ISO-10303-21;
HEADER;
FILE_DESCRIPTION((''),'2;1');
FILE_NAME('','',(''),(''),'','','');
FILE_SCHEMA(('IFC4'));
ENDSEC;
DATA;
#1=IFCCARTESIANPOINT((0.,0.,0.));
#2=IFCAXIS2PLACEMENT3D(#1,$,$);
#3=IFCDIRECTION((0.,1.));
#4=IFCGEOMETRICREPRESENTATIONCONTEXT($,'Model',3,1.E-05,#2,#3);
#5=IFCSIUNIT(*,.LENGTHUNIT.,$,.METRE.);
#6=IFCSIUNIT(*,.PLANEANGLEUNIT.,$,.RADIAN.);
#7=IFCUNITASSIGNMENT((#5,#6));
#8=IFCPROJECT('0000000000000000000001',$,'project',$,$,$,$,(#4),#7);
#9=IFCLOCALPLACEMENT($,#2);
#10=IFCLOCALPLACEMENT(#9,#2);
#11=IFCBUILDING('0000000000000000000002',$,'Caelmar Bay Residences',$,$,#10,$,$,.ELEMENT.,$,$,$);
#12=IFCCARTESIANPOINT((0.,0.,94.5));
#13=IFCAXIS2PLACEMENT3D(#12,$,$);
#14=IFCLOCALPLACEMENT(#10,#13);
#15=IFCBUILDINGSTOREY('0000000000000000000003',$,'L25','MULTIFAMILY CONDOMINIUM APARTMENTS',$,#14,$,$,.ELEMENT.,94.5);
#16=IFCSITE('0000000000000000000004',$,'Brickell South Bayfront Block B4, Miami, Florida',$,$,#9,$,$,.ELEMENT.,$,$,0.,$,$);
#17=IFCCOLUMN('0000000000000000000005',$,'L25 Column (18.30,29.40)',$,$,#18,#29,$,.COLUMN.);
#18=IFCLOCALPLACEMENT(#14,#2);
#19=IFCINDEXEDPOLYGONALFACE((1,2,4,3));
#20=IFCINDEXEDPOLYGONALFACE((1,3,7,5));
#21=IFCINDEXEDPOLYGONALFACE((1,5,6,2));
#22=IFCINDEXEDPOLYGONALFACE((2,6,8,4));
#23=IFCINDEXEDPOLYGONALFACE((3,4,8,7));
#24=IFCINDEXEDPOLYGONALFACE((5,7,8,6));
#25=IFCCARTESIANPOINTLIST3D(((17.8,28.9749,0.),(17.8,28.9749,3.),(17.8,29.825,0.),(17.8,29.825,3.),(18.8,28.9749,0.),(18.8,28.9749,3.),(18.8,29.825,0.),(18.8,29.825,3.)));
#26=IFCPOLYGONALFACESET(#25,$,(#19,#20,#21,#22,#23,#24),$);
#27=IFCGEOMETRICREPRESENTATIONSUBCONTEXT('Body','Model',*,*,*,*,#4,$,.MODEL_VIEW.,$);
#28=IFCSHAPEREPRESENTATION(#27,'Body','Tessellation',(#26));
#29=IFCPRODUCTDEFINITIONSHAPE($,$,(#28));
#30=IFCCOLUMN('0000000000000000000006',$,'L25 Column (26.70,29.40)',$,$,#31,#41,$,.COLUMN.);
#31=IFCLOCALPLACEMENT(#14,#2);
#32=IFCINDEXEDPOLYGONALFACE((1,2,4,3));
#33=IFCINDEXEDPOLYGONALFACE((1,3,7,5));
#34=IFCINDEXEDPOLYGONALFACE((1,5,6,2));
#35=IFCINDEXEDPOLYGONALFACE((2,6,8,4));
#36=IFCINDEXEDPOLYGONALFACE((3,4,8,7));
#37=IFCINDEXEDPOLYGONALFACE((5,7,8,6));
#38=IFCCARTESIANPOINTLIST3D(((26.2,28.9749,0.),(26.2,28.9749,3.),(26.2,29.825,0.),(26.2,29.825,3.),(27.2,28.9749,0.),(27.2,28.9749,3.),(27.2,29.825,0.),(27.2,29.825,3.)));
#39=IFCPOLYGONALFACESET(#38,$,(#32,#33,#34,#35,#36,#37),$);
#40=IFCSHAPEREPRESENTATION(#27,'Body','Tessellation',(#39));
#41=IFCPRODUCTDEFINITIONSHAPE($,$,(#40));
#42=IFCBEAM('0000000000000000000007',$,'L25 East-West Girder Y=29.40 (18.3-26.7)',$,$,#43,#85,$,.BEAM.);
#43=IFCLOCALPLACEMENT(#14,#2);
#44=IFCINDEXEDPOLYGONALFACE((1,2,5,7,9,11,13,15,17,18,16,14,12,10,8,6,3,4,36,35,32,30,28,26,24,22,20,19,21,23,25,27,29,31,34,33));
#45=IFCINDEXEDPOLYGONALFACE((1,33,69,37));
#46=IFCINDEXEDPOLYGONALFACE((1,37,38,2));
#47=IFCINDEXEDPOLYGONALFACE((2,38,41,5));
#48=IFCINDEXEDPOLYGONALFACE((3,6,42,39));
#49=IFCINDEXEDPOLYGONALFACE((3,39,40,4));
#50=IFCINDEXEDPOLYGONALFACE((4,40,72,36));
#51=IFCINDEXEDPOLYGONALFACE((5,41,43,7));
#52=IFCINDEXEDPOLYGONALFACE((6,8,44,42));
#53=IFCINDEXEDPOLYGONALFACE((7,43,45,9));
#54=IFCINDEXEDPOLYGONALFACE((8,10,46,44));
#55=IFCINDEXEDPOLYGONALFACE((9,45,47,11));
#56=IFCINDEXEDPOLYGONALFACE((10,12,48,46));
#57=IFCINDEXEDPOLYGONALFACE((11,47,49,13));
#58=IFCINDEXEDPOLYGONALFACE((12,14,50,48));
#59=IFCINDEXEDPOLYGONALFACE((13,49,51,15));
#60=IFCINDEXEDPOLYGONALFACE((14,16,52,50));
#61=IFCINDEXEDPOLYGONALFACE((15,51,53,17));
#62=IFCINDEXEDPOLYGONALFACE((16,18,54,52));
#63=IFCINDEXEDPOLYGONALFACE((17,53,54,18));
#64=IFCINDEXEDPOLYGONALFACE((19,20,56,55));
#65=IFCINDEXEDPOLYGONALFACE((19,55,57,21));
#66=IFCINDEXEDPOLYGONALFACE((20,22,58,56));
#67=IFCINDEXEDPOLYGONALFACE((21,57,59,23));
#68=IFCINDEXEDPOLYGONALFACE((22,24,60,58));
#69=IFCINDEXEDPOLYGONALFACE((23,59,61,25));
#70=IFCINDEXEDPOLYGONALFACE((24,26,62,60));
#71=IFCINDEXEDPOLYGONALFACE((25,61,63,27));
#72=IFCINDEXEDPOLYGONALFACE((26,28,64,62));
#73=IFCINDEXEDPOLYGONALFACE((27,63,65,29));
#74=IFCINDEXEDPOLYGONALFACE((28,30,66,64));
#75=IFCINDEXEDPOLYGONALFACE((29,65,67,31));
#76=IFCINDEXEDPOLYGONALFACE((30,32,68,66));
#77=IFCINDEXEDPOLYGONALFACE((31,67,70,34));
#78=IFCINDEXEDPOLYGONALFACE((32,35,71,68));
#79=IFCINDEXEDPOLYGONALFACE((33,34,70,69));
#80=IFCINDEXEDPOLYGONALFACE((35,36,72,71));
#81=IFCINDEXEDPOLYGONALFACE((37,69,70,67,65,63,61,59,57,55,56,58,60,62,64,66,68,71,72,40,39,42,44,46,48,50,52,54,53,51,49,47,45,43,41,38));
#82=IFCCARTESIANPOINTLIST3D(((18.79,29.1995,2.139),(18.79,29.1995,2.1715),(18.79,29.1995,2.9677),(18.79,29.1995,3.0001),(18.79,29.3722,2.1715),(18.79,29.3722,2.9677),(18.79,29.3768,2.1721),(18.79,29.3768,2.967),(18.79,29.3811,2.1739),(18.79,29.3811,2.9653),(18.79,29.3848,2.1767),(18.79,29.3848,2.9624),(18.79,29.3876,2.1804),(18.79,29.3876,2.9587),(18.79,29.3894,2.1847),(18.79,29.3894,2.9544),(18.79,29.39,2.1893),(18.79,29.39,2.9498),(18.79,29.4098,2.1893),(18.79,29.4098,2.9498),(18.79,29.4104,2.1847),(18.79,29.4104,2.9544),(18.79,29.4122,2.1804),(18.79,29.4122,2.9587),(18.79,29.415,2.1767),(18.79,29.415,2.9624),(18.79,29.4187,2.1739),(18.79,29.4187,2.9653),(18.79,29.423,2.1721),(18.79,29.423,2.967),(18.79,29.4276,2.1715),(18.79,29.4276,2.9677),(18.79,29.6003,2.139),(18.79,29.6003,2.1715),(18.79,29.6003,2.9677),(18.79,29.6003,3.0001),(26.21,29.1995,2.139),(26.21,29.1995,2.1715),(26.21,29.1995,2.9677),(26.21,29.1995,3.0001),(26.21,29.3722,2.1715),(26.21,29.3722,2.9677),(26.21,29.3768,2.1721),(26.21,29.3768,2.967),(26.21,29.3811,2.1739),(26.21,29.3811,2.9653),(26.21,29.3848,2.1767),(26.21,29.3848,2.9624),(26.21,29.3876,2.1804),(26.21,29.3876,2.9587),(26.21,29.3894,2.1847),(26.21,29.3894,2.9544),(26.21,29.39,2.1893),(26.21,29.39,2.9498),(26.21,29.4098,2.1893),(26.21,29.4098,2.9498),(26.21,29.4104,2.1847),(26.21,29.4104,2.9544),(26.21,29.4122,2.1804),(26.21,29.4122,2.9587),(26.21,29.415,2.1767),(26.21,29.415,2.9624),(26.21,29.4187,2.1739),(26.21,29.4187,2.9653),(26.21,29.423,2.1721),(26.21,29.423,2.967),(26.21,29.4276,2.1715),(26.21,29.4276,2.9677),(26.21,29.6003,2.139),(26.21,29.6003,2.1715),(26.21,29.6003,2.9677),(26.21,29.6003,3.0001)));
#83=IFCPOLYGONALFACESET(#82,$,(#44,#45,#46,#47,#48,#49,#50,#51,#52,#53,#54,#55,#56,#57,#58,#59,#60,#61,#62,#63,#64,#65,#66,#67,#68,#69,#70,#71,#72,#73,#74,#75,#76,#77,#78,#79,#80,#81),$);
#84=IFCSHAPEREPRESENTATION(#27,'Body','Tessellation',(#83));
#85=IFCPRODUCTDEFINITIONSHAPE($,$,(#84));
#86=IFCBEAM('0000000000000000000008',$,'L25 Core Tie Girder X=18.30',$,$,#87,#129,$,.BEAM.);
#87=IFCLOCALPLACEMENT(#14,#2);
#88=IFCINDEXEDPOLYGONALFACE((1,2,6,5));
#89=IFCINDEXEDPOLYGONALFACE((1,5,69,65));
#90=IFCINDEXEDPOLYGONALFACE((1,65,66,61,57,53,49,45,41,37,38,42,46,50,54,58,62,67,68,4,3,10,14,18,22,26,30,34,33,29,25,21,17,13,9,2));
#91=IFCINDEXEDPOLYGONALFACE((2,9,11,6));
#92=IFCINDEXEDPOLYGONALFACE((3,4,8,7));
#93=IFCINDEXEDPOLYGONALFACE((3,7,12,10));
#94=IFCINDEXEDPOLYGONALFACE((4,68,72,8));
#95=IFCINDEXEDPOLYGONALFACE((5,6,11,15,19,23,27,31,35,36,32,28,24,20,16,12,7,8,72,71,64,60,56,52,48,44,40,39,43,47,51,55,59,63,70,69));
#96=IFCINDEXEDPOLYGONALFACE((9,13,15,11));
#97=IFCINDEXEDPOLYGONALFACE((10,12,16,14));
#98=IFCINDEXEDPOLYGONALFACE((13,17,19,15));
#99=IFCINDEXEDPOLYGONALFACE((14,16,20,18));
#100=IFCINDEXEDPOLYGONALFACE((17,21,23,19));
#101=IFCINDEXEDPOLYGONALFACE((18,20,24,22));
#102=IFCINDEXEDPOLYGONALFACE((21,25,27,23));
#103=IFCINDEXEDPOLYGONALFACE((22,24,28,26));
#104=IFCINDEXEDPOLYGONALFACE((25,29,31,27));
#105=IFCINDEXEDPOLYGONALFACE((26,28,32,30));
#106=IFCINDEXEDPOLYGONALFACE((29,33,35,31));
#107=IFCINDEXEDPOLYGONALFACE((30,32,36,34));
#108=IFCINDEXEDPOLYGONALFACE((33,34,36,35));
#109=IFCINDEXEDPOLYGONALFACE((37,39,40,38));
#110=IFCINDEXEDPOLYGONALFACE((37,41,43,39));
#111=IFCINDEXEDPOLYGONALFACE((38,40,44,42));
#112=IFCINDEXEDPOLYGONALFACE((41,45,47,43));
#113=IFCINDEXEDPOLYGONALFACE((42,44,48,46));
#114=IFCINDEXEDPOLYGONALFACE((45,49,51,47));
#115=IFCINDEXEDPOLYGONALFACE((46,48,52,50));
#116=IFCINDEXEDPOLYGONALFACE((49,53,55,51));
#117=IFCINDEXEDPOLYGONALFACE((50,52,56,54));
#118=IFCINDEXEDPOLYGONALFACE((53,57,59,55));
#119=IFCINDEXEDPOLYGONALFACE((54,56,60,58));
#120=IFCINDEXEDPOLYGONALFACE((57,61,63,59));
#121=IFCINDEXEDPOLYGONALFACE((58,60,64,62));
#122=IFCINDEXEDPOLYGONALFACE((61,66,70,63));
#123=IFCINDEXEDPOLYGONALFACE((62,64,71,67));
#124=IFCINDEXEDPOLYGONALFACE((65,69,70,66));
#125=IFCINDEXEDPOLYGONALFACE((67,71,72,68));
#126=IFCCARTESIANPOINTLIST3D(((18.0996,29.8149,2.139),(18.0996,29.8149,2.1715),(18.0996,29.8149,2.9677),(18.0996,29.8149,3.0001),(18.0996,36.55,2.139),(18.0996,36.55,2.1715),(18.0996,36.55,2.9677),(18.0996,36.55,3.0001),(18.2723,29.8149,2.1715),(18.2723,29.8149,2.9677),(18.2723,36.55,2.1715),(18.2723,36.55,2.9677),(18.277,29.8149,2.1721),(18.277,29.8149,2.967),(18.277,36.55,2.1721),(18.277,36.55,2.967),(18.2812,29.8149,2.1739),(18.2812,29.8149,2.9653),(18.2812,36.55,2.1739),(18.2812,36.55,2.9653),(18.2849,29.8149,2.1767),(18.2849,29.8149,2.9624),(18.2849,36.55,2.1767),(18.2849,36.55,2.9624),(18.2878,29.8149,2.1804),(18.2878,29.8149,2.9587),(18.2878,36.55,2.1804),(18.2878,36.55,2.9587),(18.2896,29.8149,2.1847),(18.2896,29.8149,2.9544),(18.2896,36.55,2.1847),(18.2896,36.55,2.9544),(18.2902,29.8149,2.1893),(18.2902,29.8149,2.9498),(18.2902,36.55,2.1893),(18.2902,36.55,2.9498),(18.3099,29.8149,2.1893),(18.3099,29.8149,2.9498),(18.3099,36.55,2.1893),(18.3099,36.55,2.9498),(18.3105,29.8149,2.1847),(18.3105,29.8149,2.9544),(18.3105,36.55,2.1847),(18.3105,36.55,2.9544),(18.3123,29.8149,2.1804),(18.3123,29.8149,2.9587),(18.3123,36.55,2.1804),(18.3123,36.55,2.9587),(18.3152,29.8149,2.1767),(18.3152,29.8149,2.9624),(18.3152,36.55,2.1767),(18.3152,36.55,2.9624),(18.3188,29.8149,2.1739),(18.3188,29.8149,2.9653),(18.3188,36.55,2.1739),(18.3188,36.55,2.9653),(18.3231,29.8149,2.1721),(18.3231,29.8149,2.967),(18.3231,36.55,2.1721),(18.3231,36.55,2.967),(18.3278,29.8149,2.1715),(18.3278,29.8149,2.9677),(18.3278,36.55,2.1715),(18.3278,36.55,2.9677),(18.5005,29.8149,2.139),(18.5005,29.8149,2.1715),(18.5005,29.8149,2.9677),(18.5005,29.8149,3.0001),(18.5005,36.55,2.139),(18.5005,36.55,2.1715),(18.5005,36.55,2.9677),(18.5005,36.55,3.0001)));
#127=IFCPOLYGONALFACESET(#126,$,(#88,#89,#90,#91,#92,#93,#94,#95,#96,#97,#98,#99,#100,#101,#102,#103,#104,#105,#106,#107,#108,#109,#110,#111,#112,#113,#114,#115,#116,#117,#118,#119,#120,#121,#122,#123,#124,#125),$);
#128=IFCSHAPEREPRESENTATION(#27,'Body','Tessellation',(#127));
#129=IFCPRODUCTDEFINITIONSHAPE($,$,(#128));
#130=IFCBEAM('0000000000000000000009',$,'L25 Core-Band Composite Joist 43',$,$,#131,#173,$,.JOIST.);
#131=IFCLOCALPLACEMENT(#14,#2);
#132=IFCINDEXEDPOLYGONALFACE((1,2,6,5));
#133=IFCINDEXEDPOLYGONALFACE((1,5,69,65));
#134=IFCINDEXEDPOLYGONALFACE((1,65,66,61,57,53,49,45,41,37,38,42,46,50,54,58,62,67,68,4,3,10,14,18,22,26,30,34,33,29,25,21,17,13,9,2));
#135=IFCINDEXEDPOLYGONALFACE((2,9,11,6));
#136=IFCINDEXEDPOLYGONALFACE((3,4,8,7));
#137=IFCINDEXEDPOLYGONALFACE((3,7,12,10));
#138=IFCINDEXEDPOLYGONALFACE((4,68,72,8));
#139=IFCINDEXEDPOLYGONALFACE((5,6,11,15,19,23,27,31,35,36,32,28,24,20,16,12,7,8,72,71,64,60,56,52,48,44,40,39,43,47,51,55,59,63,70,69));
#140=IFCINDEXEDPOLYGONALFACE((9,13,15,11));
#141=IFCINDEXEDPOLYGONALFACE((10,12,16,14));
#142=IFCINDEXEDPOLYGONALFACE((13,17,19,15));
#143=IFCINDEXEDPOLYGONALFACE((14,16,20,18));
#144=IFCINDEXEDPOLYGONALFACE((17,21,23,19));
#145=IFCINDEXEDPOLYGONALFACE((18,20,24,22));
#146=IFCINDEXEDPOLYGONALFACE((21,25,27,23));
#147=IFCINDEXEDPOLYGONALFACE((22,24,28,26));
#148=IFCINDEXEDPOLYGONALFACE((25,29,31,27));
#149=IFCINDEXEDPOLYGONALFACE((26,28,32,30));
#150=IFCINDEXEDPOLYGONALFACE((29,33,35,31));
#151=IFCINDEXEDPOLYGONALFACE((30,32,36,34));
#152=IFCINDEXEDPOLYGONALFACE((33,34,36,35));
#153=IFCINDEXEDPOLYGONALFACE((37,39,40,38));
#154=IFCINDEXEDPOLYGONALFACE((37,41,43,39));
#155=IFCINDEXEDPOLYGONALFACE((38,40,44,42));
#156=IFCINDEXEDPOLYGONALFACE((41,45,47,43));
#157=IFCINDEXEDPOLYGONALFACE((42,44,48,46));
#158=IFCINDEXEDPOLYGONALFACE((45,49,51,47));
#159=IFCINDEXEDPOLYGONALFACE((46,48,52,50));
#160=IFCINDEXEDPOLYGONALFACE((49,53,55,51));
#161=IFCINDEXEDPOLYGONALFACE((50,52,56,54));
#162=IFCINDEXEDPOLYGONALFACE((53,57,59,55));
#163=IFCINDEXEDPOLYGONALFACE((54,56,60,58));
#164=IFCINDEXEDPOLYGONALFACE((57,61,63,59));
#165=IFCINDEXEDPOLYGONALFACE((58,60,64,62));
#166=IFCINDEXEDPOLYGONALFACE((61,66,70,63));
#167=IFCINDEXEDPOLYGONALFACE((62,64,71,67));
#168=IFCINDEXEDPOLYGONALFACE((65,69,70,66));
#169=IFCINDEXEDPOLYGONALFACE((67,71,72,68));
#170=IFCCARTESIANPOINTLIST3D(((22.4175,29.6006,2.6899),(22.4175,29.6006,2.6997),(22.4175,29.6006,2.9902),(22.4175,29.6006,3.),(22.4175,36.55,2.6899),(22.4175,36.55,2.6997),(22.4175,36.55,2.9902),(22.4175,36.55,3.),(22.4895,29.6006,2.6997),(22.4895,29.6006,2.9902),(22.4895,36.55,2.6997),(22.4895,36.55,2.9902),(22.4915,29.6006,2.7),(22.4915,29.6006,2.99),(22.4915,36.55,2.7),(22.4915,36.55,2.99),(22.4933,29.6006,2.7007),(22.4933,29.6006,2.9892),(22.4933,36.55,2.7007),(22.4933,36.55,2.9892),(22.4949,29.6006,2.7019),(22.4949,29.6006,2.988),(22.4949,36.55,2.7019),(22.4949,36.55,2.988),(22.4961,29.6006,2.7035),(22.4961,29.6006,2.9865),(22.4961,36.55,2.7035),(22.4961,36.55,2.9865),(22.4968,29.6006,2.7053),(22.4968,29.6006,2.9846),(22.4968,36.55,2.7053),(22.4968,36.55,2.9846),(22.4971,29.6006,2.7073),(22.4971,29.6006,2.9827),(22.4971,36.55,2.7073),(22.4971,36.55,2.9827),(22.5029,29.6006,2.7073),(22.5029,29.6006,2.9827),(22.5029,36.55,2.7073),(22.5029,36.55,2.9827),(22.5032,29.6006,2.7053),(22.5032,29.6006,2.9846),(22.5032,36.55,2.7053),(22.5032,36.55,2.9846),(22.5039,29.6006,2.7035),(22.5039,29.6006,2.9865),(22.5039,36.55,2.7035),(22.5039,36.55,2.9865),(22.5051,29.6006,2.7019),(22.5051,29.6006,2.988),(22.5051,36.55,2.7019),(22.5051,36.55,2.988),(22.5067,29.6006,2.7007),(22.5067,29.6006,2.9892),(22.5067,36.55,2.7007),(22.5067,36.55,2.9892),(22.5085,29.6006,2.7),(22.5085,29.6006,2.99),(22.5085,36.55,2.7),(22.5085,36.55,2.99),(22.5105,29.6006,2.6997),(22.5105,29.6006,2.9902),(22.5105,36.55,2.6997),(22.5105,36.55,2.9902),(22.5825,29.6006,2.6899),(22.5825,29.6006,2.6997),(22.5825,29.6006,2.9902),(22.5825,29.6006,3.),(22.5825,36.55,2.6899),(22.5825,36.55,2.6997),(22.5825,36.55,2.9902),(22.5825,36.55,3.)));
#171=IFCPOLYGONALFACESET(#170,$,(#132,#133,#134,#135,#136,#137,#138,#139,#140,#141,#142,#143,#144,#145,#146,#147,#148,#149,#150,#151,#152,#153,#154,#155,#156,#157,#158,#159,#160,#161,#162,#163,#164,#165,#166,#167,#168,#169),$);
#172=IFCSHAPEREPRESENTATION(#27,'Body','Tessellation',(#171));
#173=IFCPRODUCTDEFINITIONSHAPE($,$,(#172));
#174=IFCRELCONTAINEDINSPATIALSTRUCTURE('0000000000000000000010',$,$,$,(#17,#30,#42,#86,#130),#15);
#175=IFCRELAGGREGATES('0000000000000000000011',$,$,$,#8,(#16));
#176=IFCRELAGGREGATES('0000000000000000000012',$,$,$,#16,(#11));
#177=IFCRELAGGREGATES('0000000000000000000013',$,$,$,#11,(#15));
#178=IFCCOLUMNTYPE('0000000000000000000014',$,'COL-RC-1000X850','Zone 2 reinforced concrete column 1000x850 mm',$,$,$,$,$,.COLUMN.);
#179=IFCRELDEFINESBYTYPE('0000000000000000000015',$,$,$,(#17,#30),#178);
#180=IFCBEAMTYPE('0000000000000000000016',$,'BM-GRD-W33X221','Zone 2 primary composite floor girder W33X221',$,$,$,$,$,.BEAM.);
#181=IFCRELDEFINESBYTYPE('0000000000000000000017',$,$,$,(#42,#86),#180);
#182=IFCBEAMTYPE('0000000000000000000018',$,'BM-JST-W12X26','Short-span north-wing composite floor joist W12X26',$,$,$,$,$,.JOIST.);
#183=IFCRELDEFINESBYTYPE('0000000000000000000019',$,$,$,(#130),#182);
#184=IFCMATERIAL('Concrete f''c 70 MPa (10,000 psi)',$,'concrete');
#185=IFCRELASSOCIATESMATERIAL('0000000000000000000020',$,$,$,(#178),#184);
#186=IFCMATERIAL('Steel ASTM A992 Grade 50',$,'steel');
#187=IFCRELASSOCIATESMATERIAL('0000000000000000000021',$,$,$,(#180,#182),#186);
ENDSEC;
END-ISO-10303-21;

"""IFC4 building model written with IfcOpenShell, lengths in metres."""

from ifc_helpers import new_model, si_unit, direction, frame, origin, origin_2d, place, context, subcontext, project, spatial, rectangle, i_section, extrude, material, material_profile, profile_set, type_object, element, save


model = new_model("IFC4")

# Units and contexts
model_context = context("Model", 3, precision=1e-05, world=origin(), true_north=direction((0.0, 1.0)))
body_context = subcontext(model_context, "Body", "Model", "MODEL_VIEW")
ifc_project = project(units=[si_unit("LENGTHUNIT", "METRE"), si_unit("PLANEANGLEUNIT", "RADIAN")], contexts=[model_context])

# Site, building, storey
site_placement = place(None, origin())
site = spatial("IfcSite", under=ifc_project, at=site_placement, Name="Brickell South Bayfront Block B4, Miami, Florida", CompositionType="ELEMENT", RefElevation=0.0)
building_placement = place(site_placement, origin())
building = spatial("IfcBuilding", under=site, at=building_placement, Name="Caelmar Bay Residences", CompositionType="ELEMENT")
storey_placement = place(building_placement, frame((0.0, 0.0, 94.5)))
storey = spatial("IfcBuildingStorey", under=building, at=storey_placement, Name="L25", Description="MULTIFAMILY CONDOMINIUM APARTMENTS", CompositionType="ELEMENT", Elevation=94.5)

# Columns
ifc_material_1 = material(Name="Concrete f'c 70 MPa (10,000 psi)", Category="concrete")
ifc_material_profile_1 = material_profile(ifc_material_1, rectangle(XDim=1.0, YDim=0.8501, at=origin_2d()), Name="RC-COL-1000X850")
ifc_profile_set_1 = profile_set([ifc_material_profile_1], Name="Concrete f'c 70 MPa (10,000 psi)")
column_type = type_object("IfcColumnType", Name="COL-RC-1000X850", Description="Zone 2 reinforced concrete column 1000x850 mm", PredefinedType="COLUMN", material=ifc_profile_set_1)
for number, where, z_axis, x_axis, name in (
    (1, (18.3, 29.3999, 0.0), (0.0, 0.0, 1.0), (1.0, 0.0, 0.0), "L25 Column (18.30,29.40)"),
    (2, (26.7, 29.3999, 0.0), (0.0, 0.0, 1.0), (1.0, 0.0, 0.0), "L25 Column (26.70,29.40)"),
):
    element("IfcColumn", number, at=place(storey_placement, frame(where, z_axis=z_axis, x_axis=x_axis)), inside=storey, type_object=column_type, Name=name, PredefinedType="COLUMN", context=body_context, shape_type="SweptSolid", body=[
        extrude(rectangle(XDim=1.0, YDim=0.8501, at=origin_2d()), origin(), (0.0, 0.0, 1.0), 3.0),
    ])

# Beams
ifc_material_2 = material(Name="Steel ASTM A992 Grade 50", Category="steel")
ifc_material_profile_2 = material_profile(ifc_material_2, i_section(OverallWidth=0.4009, OverallDepth=0.8611, WebThickness=0.0198, FlangeThickness=0.0325, FilletRadius=0.0178, at=origin_2d()), Name="W33X221")
ifc_profile_set_2 = profile_set([ifc_material_profile_2], Name="Steel ASTM A992 Grade 50")
beam_type_1 = type_object("IfcBeamType", Name="BM-GRD-W33X221", Description="Zone 2 primary composite floor girder W33X221", PredefinedType="BEAM", material=ifc_profile_set_2)
beam_1_placement = place(storey_placement, frame((18.79, 29.3999, 2.5696), z_axis=(1.0, 0.0, 0.0), x_axis=(0.0, 1.0, 0.0)))
element("IfcBeam", 3, at=beam_1_placement, inside=storey, type_object=beam_type_1, Name="L25 East-West Girder Y=29.40 (18.3-26.7)", PredefinedType="BEAM", context=body_context, shape_type="SweptSolid", body=[
    extrude(i_section(OverallWidth=0.4009, OverallDepth=0.8611, WebThickness=0.0198, FlangeThickness=0.0325, FilletRadius=0.0178, at=origin_2d()), origin(), (0.0, 0.0, 1.0), 7.4199),
])
beam_2_placement = place(storey_placement, frame((18.3, 29.8149, 2.5696), z_axis=(0.0, 1.0, 0.0), x_axis=(-1.0, 0.0, 0.0)))
element("IfcBeam", 4, at=beam_2_placement, inside=storey, type_object=beam_type_1, Name="L25 Core Tie Girder X=18.30", PredefinedType="BEAM", context=body_context, shape_type="SweptSolid", body=[
    extrude(i_section(OverallWidth=0.4009, OverallDepth=0.8611, WebThickness=0.0198, FlangeThickness=0.0325, FilletRadius=0.0178, at=origin_2d()), origin(), (0.0, 0.0, 1.0), 6.7351),
])
ifc_material_profile_3 = material_profile(ifc_material_2, i_section(OverallWidth=0.165, OverallDepth=0.3101, WebThickness=0.0059, FlangeThickness=0.0098, FilletRadius=0.0076, at=origin_2d()), Name="W12X26")
ifc_profile_set_3 = profile_set([ifc_material_profile_3], Name="Steel ASTM A992 Grade 50")
beam_type_2 = type_object("IfcBeamType", Name="BM-JST-W12X26", Description="Short-span north-wing composite floor joist W12X26", PredefinedType="JOIST", material=ifc_profile_set_3)
beam_3_placement = place(storey_placement, frame((22.5, 29.6006, 2.845), z_axis=(0.0, 1.0, 0.0), x_axis=(-1.0, 0.0, 0.0)))
element("IfcBeam", 5, at=beam_3_placement, inside=storey, type_object=beam_type_2, Name="L25 Core-Band Composite Joist 43", PredefinedType="JOIST", context=body_context, shape_type="SweptSolid", body=[
    extrude(i_section(OverallWidth=0.165, OverallDepth=0.3101, WebThickness=0.0059, FlangeThickness=0.0098, FilletRadius=0.0076, at=origin_2d()), origin(), (0.0, 0.0, 1.0), 6.9495),
])

save(model, "model.ifc")
